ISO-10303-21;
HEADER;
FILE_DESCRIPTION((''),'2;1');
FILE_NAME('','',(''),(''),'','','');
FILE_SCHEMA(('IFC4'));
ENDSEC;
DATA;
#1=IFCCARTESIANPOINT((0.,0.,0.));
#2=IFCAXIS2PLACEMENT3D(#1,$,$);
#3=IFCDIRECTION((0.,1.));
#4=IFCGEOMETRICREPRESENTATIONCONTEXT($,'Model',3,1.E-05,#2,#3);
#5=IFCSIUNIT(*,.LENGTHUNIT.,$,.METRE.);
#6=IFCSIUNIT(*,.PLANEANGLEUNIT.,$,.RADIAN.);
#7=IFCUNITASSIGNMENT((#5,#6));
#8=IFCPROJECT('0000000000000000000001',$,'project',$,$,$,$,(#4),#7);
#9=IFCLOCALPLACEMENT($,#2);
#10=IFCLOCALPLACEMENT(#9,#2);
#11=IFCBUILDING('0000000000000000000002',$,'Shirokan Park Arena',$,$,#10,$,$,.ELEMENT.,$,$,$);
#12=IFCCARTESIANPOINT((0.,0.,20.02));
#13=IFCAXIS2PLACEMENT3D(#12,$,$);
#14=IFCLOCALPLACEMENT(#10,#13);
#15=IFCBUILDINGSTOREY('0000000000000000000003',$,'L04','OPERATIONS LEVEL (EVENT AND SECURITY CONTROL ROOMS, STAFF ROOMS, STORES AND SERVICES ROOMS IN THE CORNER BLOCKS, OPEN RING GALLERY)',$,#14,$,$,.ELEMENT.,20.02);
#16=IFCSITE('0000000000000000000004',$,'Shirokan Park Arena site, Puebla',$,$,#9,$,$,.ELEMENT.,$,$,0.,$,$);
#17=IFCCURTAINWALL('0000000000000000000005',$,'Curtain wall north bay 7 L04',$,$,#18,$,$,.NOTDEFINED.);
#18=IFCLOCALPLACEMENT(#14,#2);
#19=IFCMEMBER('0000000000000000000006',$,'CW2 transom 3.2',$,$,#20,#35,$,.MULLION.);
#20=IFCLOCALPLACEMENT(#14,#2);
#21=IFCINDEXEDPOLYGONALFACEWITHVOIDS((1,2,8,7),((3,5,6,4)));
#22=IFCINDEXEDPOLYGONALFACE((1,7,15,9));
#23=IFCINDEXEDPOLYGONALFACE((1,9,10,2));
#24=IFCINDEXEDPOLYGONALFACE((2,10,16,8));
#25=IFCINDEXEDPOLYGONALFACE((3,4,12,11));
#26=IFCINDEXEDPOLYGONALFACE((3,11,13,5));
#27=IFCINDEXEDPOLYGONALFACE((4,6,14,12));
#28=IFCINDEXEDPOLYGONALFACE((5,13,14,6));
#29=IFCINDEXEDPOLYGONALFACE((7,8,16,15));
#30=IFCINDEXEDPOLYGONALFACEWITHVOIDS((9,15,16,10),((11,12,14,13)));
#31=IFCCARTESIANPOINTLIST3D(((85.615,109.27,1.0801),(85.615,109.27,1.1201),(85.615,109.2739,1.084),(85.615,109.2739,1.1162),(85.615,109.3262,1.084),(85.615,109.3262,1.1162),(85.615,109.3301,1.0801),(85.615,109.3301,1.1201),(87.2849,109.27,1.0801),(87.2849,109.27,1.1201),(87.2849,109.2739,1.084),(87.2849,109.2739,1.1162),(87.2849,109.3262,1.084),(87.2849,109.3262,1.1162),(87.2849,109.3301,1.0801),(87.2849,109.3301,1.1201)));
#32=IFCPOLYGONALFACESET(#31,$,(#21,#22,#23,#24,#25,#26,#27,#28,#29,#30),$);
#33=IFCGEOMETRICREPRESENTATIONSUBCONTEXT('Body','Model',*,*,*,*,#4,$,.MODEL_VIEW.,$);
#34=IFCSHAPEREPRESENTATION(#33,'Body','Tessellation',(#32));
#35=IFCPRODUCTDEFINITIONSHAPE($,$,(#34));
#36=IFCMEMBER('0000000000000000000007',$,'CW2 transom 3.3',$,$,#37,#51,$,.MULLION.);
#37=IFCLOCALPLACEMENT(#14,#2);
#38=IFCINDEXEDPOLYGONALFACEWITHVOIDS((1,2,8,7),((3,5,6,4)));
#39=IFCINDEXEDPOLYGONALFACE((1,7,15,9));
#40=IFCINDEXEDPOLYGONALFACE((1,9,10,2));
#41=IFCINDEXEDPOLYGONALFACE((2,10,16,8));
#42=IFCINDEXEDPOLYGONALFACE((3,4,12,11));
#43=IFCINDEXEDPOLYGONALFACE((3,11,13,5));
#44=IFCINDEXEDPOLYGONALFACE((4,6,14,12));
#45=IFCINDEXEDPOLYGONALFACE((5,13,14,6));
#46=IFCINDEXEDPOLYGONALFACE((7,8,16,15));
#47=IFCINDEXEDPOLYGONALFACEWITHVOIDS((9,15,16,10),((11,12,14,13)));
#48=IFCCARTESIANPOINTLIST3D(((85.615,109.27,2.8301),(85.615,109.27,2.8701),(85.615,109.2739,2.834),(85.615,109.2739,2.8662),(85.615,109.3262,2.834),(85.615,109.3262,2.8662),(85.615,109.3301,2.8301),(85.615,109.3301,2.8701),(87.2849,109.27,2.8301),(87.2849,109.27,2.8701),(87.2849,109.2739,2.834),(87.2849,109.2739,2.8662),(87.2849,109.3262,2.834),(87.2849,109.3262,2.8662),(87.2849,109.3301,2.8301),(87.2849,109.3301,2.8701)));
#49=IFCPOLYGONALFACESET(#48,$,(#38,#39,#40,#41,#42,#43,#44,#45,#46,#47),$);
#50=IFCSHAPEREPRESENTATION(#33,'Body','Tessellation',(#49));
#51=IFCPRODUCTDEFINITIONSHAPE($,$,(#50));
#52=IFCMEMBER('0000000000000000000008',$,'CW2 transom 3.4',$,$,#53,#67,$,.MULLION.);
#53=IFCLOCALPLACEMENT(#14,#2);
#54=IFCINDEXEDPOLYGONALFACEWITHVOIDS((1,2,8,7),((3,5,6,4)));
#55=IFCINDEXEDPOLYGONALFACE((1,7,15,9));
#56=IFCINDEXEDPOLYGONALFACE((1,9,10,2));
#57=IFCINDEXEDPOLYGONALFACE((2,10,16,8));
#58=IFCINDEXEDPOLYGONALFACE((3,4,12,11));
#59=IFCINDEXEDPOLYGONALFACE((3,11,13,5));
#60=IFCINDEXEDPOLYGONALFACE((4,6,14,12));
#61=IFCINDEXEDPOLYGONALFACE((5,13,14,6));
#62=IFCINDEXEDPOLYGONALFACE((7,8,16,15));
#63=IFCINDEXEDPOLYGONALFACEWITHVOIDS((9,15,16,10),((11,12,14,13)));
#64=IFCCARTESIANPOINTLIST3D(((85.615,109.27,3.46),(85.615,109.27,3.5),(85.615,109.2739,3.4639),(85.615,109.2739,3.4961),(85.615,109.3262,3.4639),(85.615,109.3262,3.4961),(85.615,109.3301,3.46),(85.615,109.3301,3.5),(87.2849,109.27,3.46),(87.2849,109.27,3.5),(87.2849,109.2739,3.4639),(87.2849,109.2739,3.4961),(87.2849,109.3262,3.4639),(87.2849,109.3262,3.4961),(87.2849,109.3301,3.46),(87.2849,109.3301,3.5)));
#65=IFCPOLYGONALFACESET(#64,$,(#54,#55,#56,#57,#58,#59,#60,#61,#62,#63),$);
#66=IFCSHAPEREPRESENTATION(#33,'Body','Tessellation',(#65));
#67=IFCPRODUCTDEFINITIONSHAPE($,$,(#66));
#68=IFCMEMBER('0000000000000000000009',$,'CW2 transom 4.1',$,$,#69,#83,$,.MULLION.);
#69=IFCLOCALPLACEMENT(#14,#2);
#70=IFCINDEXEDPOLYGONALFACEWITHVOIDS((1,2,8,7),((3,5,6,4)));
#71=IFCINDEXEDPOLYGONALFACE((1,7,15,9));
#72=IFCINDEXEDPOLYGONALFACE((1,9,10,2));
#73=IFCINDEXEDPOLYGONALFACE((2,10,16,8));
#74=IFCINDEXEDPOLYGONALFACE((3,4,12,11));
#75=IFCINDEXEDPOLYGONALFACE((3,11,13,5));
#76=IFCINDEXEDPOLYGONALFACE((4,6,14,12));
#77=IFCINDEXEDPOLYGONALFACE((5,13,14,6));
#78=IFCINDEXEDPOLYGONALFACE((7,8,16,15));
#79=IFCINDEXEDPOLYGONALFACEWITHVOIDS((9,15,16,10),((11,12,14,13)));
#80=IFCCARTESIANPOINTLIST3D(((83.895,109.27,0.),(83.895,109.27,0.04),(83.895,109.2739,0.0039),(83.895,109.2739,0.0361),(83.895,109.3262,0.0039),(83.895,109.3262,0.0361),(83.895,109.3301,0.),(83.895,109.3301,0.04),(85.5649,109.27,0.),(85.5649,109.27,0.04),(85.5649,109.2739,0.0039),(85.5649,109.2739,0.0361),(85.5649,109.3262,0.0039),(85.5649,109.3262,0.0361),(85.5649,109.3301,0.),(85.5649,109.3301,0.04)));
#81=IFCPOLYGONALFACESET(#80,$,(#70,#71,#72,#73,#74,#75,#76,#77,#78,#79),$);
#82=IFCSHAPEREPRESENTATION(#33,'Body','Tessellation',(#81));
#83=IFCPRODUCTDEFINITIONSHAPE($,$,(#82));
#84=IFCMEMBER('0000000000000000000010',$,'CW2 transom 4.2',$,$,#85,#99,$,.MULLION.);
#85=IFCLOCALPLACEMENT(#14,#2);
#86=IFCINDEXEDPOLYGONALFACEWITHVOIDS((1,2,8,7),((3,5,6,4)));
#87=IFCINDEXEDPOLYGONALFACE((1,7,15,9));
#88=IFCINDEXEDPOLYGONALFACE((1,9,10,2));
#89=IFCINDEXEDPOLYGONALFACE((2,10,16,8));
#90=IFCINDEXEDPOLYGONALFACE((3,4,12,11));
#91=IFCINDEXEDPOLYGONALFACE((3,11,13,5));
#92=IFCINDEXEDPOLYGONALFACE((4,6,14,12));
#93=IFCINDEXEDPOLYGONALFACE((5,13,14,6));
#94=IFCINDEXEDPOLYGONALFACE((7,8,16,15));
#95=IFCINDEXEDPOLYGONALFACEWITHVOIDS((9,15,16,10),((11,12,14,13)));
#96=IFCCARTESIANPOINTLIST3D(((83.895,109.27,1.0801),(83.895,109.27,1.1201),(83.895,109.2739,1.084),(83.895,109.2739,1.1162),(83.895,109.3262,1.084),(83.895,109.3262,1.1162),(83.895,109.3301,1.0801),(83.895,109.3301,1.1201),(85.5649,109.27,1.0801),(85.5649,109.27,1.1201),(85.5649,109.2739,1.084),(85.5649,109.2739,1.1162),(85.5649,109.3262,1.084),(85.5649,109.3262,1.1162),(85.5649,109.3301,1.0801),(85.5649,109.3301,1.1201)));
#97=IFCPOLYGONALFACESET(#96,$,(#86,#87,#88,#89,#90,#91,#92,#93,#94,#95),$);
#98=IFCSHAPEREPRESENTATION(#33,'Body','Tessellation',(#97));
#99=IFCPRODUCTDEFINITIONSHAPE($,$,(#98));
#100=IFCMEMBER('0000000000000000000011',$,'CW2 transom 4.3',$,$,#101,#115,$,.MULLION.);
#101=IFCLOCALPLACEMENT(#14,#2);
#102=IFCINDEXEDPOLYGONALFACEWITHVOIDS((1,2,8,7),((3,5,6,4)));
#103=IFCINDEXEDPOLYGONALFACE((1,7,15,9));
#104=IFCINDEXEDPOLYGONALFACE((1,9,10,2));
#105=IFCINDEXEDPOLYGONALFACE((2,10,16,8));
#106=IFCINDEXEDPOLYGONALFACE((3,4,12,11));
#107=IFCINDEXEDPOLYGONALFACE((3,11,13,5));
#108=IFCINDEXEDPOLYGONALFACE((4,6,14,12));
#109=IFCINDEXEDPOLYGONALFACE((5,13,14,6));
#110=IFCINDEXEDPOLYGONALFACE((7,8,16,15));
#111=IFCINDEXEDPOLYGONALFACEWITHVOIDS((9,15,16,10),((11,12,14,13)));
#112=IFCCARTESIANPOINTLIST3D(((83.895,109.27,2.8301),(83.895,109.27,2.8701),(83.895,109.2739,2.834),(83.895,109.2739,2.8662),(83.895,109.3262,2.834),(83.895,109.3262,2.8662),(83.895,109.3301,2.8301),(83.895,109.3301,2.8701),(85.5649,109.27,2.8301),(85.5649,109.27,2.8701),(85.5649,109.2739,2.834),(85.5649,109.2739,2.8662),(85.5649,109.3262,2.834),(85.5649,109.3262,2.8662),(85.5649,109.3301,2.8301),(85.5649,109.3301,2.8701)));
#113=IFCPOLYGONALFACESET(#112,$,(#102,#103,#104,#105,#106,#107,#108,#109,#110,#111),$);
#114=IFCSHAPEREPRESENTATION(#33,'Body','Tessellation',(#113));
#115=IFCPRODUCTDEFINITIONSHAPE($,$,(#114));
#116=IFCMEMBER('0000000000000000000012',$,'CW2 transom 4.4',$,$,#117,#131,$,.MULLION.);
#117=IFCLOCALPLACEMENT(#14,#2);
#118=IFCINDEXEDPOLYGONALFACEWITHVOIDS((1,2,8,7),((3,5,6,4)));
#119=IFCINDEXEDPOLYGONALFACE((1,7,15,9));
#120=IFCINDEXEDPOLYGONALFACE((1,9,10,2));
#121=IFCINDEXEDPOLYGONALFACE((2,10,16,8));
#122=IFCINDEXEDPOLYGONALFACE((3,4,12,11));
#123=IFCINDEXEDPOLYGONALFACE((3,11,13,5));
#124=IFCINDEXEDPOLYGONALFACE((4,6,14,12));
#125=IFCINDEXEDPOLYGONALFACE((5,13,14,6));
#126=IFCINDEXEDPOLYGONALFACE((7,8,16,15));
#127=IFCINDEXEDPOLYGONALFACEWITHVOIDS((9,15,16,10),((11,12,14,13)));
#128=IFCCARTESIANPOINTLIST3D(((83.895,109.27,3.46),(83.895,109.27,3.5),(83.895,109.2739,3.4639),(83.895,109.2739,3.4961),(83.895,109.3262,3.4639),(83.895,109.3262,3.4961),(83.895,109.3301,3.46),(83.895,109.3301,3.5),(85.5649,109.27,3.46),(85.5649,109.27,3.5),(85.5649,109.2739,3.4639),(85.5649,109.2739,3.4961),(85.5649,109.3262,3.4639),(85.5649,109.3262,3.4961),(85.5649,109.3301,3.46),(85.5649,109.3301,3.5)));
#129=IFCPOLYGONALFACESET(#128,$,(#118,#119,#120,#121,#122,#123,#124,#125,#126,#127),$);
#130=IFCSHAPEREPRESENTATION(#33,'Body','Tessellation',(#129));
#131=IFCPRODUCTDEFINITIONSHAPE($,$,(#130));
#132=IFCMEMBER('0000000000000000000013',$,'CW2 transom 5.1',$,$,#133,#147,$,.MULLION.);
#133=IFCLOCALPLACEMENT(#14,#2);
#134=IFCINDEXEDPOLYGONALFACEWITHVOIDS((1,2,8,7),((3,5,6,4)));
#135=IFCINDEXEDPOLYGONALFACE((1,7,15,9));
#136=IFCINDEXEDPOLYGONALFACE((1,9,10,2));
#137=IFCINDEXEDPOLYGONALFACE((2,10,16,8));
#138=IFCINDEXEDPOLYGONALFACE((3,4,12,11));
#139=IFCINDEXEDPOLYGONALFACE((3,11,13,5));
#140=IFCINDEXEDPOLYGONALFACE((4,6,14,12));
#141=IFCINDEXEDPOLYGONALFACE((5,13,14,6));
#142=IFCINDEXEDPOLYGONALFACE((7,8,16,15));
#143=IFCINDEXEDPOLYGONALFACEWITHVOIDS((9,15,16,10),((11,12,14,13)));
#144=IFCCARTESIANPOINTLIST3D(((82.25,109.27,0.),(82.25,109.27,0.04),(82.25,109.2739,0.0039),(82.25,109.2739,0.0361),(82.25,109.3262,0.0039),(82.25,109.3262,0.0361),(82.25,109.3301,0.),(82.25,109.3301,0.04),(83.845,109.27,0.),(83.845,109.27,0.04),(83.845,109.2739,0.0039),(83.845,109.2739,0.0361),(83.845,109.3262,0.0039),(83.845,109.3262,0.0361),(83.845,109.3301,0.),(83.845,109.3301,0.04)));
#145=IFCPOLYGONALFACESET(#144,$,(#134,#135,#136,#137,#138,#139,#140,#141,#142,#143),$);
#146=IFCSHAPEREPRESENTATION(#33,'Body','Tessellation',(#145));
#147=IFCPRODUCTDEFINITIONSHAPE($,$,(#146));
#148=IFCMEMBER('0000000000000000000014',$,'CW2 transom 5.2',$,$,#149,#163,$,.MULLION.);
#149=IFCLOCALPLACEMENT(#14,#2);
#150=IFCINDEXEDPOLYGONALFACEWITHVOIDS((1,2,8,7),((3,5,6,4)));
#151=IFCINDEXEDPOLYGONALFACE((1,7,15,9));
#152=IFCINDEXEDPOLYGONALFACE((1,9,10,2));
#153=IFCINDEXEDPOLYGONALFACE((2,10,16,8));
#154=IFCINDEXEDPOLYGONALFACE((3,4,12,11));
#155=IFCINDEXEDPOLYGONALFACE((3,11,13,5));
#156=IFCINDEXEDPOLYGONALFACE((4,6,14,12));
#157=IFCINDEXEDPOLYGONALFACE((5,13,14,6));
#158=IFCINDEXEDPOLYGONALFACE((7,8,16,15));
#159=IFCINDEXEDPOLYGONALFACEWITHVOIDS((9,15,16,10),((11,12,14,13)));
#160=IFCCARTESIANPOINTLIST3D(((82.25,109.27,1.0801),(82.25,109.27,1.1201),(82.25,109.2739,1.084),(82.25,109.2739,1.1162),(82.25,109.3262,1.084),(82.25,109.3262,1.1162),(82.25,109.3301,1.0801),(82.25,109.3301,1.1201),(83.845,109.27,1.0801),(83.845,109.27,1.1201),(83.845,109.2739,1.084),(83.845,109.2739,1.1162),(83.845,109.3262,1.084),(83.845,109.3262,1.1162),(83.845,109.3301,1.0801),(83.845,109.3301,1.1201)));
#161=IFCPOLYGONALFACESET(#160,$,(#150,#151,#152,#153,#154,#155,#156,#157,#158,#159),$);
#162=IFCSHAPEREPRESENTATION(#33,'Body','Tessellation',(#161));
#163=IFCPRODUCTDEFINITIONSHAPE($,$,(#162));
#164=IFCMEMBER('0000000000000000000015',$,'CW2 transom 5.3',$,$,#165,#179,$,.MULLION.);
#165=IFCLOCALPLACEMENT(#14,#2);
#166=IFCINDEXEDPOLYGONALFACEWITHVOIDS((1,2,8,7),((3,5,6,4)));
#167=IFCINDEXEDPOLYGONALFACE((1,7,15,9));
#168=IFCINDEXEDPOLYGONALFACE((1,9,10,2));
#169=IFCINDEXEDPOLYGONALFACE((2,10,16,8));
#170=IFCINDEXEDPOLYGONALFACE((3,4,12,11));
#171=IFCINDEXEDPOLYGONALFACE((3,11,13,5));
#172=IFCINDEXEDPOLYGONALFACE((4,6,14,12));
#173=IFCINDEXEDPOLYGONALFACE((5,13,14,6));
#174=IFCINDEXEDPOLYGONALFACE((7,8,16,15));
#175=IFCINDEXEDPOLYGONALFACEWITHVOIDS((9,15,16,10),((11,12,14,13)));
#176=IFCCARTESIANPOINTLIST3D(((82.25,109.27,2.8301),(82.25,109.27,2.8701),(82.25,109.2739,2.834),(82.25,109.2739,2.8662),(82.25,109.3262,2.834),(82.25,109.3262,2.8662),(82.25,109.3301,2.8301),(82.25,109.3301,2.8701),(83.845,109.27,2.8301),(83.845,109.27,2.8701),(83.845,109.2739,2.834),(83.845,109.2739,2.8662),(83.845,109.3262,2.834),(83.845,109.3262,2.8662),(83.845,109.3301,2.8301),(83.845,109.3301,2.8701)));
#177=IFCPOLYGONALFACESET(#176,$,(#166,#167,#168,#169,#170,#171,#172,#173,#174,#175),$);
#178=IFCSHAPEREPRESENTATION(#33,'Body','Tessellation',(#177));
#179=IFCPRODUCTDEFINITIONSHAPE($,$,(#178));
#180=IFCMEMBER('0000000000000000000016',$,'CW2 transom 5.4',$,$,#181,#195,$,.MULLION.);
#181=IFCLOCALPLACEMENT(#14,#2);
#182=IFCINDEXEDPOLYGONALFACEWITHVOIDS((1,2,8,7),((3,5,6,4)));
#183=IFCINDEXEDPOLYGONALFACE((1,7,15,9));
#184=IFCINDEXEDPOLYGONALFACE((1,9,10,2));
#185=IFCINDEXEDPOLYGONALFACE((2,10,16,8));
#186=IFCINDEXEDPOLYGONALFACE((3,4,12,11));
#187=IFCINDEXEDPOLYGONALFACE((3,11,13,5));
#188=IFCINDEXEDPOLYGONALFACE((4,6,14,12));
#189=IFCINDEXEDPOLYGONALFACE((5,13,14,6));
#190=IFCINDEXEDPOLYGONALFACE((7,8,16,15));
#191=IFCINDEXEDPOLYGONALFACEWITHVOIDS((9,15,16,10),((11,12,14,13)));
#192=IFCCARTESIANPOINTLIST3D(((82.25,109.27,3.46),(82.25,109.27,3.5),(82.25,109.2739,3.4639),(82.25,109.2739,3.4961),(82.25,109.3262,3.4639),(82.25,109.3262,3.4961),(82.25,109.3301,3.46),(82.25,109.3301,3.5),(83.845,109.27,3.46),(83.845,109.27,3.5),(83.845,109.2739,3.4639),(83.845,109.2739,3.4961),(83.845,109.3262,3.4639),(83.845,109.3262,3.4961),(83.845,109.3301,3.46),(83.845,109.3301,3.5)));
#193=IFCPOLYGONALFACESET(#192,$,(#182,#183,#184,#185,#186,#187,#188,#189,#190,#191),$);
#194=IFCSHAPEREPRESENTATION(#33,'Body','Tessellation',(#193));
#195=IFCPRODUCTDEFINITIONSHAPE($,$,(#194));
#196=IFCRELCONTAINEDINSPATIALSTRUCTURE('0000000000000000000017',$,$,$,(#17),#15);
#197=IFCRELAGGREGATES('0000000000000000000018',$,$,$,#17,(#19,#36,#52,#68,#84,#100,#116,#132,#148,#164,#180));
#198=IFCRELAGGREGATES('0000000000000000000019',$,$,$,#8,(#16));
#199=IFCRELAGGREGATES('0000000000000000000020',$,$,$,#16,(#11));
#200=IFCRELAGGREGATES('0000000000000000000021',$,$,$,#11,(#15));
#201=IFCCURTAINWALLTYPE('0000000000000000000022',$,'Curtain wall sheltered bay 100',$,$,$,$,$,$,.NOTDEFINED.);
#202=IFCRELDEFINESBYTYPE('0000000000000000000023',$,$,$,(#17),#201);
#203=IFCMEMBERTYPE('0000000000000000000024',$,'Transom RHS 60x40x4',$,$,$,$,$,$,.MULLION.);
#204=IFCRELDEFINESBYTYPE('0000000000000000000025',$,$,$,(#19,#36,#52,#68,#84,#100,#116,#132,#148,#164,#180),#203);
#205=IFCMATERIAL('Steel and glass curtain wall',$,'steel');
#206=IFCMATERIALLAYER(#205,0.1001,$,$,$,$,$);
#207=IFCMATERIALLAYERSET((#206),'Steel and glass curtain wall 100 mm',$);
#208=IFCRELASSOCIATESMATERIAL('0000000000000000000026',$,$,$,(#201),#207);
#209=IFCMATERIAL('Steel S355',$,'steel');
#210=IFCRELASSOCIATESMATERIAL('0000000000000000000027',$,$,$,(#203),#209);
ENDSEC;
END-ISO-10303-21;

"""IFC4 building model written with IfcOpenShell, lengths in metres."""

from ifc_helpers import new_model, si_unit, direction, frame, origin, origin_2d, place, context, subcontext, project, spatial, hollow_rectangle, extrude, material, layer, layer_set, material_profile, profile_set, type_object, element, aggregate, save


model = new_model("IFC4")

# Units and contexts
model_context = context("Model", 3, precision=1e-05, world=origin(), true_north=direction((0.0, 1.0)))
body_context = subcontext(model_context, "Body", "Model", "MODEL_VIEW")
ifc_project = project(units=[si_unit("LENGTHUNIT", "METRE"), si_unit("PLANEANGLEUNIT", "RADIAN")], contexts=[model_context])

# Site, building, storey
site_placement = place(None, origin())
site = spatial("IfcSite", under=ifc_project, at=site_placement, Name="Shirokan Park Arena site, Puebla", CompositionType="ELEMENT", RefElevation=0.0)
building_placement = place(site_placement, origin())
building = spatial("IfcBuilding", under=site, at=building_placement, Name="Shirokan Park Arena", CompositionType="ELEMENT")
storey_placement = place(building_placement, frame((0.0, 0.0, 20.02)))
storey = spatial("IfcBuildingStorey", under=building, at=storey_placement, Name="L04", Description="OPERATIONS LEVEL (EVENT AND SECURITY CONTROL ROOMS, STAFF ROOMS, STORES AND SERVICES ROOMS IN THE CORNER BLOCKS, OPEN RING GALLERY)", CompositionType="ELEMENT", Elevation=20.02)

# Curtain wall
ifc_material_1 = material(Name="Steel and glass curtain wall", Category="steel")
ifc_layer_1 = layer(ifc_material_1, 0.1001)
ifc_layer_set_1 = layer_set([ifc_layer_1], Name="Steel and glass curtain wall 100 mm")
curtain_wall_type = type_object("IfcCurtainWallType", Name="Curtain wall sheltered bay 100", PredefinedType="NOTDEFINED", material=ifc_layer_set_1)
curtain_wall_placement = place(storey_placement, origin())
curtain_wall = element("IfcCurtainWall", 1, at=curtain_wall_placement, inside=storey, type_object=curtain_wall_type, Name="Curtain wall north bay 7 L04", PredefinedType="NOTDEFINED")
ifc_material_2 = material(Name="Steel S355", Category="steel")

# Members
ifc_material_profile_1 = material_profile(ifc_material_2, hollow_rectangle(XDim=0.0601, YDim=0.04, WallThickness=0.0039, at=origin_2d()), Name="RHS 60x40x4")
ifc_profile_set_1 = profile_set([ifc_material_profile_1], Name="Steel S355")
member_type_1 = type_object("IfcMemberType", Name="Transom RHS 60x40x4", PredefinedType="MULLION", material=ifc_profile_set_1)
member_1_placement = place(storey_placement, frame((87.2849, 109.3, 1.1001), z_axis=(-1.0, 0.0, 0.0), x_axis=(0.0, -1.0, 0.0)))
member_1 = element("IfcMember", 2, at=member_1_placement, type_object=member_type_1, Name="CW2 transom 3.2", PredefinedType="MULLION", context=body_context, shape_type="SweptSolid", body=[
    extrude(hollow_rectangle(XDim=0.0601, YDim=0.04, WallThickness=0.0039, at=origin_2d()), origin(), (0.0, 0.0, 1.0), 1.6699),
])
member_2_placement = place(storey_placement, frame((87.2849, 109.3, 2.8501), z_axis=(-1.0, 0.0, 0.0), x_axis=(0.0, -1.0, 0.0)))
member_2 = element("IfcMember", 3, at=member_2_placement, type_object=member_type_1, Name="CW2 transom 3.3", PredefinedType="MULLION", context=body_context, shape_type="SweptSolid", body=[
    extrude(hollow_rectangle(XDim=0.0601, YDim=0.04, WallThickness=0.0039, at=origin_2d()), origin(), (0.0, 0.0, 1.0), 1.6699),
])
member_3_placement = place(storey_placement, frame((87.2849, 109.3, 3.48), z_axis=(-1.0, 0.0, 0.0), x_axis=(0.0, -1.0, 0.0)))
member_3 = element("IfcMember", 4, at=member_3_placement, type_object=member_type_1, Name="CW2 transom 3.4", PredefinedType="MULLION", context=body_context, shape_type="SweptSolid", body=[
    extrude(hollow_rectangle(XDim=0.0601, YDim=0.04, WallThickness=0.0039, at=origin_2d()), origin(), (0.0, 0.0, 1.0), 1.6699),
])
member_4_placement = place(storey_placement, frame((85.5649, 109.3, 0.02), z_axis=(-1.0, 0.0, 0.0), x_axis=(0.0, -1.0, 0.0)))
member_4 = element("IfcMember", 5, at=member_4_placement, type_object=member_type_1, Name="CW2 transom 4.1", PredefinedType="MULLION", context=body_context, shape_type="SweptSolid", body=[
    extrude(hollow_rectangle(XDim=0.0601, YDim=0.04, WallThickness=0.0039, at=origin_2d()), origin(), (0.0, 0.0, 1.0), 1.6699),
])
member_5_placement = place(storey_placement, frame((85.5649, 109.3, 1.1001), z_axis=(-1.0, 0.0, 0.0), x_axis=(0.0, -1.0, 0.0)))
member_5 = element("IfcMember", 6, at=member_5_placement, type_object=member_type_1, Name="CW2 transom 4.2", PredefinedType="MULLION", context=body_context, shape_type="SweptSolid", body=[
    extrude(hollow_rectangle(XDim=0.0601, YDim=0.04, WallThickness=0.0039, at=origin_2d()), origin(), (0.0, 0.0, 1.0), 1.6699),
])
member_6_placement = place(storey_placement, frame((85.5649, 109.3, 2.8501), z_axis=(-1.0, 0.0, 0.0), x_axis=(0.0, -1.0, 0.0)))
member_6 = element("IfcMember", 7, at=member_6_placement, type_object=member_type_1, Name="CW2 transom 4.3", PredefinedType="MULLION", context=body_context, shape_type="SweptSolid", body=[
    extrude(hollow_rectangle(XDim=0.0601, YDim=0.04, WallThickness=0.0039, at=origin_2d()), origin(), (0.0, 0.0, 1.0), 1.6699),
])
member_7_placement = place(storey_placement, frame((85.5649, 109.3, 3.48), z_axis=(-1.0, 0.0, 0.0), x_axis=(0.0, -1.0, 0.0)))
member_7 = element("IfcMember", 8, at=member_7_placement, type_object=member_type_1, Name="CW2 transom 4.4", PredefinedType="MULLION", context=body_context, shape_type="SweptSolid", body=[
    extrude(hollow_rectangle(XDim=0.0601, YDim=0.04, WallThickness=0.0039, at=origin_2d()), origin(), (0.0, 0.0, 1.0), 1.6699),
])
member_8_placement = place(storey_placement, frame((83.845, 109.3, 0.02), z_axis=(-1.0, 0.0, 0.0), x_axis=(0.0, -1.0, 0.0)))
member_8 = element("IfcMember", 9, at=member_8_placement, type_object=member_type_1, Name="CW2 transom 5.1", PredefinedType="MULLION", context=body_context, shape_type="SweptSolid", body=[
    extrude(hollow_rectangle(XDim=0.0601, YDim=0.04, WallThickness=0.0039, at=origin_2d()), origin(), (0.0, 0.0, 1.0), 1.595),
])
member_9_placement = place(storey_placement, frame((83.845, 109.3, 1.1001), z_axis=(-1.0, 0.0, 0.0), x_axis=(0.0, -1.0, 0.0)))
member_9 = element("IfcMember", 10, at=member_9_placement, type_object=member_type_1, Name="CW2 transom 5.2", PredefinedType="MULLION", context=body_context, shape_type="SweptSolid", body=[
    extrude(hollow_rectangle(XDim=0.0601, YDim=0.04, WallThickness=0.0039, at=origin_2d()), origin(), (0.0, 0.0, 1.0), 1.595),
])
member_10_placement = place(storey_placement, frame((83.845, 109.3, 2.8501), z_axis=(-1.0, 0.0, 0.0), x_axis=(0.0, -1.0, 0.0)))
member_10 = element("IfcMember", 11, at=member_10_placement, type_object=member_type_1, Name="CW2 transom 5.3", PredefinedType="MULLION", context=body_context, shape_type="SweptSolid", body=[
    extrude(hollow_rectangle(XDim=0.0601, YDim=0.04, WallThickness=0.0039, at=origin_2d()), origin(), (0.0, 0.0, 1.0), 1.595),
])
member_11_placement = place(storey_placement, frame((83.845, 109.3, 3.48), z_axis=(-1.0, 0.0, 0.0), x_axis=(0.0, -1.0, 0.0)))
member_11 = element("IfcMember", 12, at=member_11_placement, type_object=member_type_1, Name="CW2 transom 5.4", PredefinedType="MULLION", context=body_context, shape_type="SweptSolid", body=[
    extrude(hollow_rectangle(XDim=0.0601, YDim=0.04, WallThickness=0.0039, at=origin_2d()), origin(), (0.0, 0.0, 1.0), 1.595),
])

aggregate(curtain_wall, [member_1, member_2, member_3, member_4, member_5, member_6, member_7, member_8, member_9, member_10, member_11])

save(model, "model.ifc")
